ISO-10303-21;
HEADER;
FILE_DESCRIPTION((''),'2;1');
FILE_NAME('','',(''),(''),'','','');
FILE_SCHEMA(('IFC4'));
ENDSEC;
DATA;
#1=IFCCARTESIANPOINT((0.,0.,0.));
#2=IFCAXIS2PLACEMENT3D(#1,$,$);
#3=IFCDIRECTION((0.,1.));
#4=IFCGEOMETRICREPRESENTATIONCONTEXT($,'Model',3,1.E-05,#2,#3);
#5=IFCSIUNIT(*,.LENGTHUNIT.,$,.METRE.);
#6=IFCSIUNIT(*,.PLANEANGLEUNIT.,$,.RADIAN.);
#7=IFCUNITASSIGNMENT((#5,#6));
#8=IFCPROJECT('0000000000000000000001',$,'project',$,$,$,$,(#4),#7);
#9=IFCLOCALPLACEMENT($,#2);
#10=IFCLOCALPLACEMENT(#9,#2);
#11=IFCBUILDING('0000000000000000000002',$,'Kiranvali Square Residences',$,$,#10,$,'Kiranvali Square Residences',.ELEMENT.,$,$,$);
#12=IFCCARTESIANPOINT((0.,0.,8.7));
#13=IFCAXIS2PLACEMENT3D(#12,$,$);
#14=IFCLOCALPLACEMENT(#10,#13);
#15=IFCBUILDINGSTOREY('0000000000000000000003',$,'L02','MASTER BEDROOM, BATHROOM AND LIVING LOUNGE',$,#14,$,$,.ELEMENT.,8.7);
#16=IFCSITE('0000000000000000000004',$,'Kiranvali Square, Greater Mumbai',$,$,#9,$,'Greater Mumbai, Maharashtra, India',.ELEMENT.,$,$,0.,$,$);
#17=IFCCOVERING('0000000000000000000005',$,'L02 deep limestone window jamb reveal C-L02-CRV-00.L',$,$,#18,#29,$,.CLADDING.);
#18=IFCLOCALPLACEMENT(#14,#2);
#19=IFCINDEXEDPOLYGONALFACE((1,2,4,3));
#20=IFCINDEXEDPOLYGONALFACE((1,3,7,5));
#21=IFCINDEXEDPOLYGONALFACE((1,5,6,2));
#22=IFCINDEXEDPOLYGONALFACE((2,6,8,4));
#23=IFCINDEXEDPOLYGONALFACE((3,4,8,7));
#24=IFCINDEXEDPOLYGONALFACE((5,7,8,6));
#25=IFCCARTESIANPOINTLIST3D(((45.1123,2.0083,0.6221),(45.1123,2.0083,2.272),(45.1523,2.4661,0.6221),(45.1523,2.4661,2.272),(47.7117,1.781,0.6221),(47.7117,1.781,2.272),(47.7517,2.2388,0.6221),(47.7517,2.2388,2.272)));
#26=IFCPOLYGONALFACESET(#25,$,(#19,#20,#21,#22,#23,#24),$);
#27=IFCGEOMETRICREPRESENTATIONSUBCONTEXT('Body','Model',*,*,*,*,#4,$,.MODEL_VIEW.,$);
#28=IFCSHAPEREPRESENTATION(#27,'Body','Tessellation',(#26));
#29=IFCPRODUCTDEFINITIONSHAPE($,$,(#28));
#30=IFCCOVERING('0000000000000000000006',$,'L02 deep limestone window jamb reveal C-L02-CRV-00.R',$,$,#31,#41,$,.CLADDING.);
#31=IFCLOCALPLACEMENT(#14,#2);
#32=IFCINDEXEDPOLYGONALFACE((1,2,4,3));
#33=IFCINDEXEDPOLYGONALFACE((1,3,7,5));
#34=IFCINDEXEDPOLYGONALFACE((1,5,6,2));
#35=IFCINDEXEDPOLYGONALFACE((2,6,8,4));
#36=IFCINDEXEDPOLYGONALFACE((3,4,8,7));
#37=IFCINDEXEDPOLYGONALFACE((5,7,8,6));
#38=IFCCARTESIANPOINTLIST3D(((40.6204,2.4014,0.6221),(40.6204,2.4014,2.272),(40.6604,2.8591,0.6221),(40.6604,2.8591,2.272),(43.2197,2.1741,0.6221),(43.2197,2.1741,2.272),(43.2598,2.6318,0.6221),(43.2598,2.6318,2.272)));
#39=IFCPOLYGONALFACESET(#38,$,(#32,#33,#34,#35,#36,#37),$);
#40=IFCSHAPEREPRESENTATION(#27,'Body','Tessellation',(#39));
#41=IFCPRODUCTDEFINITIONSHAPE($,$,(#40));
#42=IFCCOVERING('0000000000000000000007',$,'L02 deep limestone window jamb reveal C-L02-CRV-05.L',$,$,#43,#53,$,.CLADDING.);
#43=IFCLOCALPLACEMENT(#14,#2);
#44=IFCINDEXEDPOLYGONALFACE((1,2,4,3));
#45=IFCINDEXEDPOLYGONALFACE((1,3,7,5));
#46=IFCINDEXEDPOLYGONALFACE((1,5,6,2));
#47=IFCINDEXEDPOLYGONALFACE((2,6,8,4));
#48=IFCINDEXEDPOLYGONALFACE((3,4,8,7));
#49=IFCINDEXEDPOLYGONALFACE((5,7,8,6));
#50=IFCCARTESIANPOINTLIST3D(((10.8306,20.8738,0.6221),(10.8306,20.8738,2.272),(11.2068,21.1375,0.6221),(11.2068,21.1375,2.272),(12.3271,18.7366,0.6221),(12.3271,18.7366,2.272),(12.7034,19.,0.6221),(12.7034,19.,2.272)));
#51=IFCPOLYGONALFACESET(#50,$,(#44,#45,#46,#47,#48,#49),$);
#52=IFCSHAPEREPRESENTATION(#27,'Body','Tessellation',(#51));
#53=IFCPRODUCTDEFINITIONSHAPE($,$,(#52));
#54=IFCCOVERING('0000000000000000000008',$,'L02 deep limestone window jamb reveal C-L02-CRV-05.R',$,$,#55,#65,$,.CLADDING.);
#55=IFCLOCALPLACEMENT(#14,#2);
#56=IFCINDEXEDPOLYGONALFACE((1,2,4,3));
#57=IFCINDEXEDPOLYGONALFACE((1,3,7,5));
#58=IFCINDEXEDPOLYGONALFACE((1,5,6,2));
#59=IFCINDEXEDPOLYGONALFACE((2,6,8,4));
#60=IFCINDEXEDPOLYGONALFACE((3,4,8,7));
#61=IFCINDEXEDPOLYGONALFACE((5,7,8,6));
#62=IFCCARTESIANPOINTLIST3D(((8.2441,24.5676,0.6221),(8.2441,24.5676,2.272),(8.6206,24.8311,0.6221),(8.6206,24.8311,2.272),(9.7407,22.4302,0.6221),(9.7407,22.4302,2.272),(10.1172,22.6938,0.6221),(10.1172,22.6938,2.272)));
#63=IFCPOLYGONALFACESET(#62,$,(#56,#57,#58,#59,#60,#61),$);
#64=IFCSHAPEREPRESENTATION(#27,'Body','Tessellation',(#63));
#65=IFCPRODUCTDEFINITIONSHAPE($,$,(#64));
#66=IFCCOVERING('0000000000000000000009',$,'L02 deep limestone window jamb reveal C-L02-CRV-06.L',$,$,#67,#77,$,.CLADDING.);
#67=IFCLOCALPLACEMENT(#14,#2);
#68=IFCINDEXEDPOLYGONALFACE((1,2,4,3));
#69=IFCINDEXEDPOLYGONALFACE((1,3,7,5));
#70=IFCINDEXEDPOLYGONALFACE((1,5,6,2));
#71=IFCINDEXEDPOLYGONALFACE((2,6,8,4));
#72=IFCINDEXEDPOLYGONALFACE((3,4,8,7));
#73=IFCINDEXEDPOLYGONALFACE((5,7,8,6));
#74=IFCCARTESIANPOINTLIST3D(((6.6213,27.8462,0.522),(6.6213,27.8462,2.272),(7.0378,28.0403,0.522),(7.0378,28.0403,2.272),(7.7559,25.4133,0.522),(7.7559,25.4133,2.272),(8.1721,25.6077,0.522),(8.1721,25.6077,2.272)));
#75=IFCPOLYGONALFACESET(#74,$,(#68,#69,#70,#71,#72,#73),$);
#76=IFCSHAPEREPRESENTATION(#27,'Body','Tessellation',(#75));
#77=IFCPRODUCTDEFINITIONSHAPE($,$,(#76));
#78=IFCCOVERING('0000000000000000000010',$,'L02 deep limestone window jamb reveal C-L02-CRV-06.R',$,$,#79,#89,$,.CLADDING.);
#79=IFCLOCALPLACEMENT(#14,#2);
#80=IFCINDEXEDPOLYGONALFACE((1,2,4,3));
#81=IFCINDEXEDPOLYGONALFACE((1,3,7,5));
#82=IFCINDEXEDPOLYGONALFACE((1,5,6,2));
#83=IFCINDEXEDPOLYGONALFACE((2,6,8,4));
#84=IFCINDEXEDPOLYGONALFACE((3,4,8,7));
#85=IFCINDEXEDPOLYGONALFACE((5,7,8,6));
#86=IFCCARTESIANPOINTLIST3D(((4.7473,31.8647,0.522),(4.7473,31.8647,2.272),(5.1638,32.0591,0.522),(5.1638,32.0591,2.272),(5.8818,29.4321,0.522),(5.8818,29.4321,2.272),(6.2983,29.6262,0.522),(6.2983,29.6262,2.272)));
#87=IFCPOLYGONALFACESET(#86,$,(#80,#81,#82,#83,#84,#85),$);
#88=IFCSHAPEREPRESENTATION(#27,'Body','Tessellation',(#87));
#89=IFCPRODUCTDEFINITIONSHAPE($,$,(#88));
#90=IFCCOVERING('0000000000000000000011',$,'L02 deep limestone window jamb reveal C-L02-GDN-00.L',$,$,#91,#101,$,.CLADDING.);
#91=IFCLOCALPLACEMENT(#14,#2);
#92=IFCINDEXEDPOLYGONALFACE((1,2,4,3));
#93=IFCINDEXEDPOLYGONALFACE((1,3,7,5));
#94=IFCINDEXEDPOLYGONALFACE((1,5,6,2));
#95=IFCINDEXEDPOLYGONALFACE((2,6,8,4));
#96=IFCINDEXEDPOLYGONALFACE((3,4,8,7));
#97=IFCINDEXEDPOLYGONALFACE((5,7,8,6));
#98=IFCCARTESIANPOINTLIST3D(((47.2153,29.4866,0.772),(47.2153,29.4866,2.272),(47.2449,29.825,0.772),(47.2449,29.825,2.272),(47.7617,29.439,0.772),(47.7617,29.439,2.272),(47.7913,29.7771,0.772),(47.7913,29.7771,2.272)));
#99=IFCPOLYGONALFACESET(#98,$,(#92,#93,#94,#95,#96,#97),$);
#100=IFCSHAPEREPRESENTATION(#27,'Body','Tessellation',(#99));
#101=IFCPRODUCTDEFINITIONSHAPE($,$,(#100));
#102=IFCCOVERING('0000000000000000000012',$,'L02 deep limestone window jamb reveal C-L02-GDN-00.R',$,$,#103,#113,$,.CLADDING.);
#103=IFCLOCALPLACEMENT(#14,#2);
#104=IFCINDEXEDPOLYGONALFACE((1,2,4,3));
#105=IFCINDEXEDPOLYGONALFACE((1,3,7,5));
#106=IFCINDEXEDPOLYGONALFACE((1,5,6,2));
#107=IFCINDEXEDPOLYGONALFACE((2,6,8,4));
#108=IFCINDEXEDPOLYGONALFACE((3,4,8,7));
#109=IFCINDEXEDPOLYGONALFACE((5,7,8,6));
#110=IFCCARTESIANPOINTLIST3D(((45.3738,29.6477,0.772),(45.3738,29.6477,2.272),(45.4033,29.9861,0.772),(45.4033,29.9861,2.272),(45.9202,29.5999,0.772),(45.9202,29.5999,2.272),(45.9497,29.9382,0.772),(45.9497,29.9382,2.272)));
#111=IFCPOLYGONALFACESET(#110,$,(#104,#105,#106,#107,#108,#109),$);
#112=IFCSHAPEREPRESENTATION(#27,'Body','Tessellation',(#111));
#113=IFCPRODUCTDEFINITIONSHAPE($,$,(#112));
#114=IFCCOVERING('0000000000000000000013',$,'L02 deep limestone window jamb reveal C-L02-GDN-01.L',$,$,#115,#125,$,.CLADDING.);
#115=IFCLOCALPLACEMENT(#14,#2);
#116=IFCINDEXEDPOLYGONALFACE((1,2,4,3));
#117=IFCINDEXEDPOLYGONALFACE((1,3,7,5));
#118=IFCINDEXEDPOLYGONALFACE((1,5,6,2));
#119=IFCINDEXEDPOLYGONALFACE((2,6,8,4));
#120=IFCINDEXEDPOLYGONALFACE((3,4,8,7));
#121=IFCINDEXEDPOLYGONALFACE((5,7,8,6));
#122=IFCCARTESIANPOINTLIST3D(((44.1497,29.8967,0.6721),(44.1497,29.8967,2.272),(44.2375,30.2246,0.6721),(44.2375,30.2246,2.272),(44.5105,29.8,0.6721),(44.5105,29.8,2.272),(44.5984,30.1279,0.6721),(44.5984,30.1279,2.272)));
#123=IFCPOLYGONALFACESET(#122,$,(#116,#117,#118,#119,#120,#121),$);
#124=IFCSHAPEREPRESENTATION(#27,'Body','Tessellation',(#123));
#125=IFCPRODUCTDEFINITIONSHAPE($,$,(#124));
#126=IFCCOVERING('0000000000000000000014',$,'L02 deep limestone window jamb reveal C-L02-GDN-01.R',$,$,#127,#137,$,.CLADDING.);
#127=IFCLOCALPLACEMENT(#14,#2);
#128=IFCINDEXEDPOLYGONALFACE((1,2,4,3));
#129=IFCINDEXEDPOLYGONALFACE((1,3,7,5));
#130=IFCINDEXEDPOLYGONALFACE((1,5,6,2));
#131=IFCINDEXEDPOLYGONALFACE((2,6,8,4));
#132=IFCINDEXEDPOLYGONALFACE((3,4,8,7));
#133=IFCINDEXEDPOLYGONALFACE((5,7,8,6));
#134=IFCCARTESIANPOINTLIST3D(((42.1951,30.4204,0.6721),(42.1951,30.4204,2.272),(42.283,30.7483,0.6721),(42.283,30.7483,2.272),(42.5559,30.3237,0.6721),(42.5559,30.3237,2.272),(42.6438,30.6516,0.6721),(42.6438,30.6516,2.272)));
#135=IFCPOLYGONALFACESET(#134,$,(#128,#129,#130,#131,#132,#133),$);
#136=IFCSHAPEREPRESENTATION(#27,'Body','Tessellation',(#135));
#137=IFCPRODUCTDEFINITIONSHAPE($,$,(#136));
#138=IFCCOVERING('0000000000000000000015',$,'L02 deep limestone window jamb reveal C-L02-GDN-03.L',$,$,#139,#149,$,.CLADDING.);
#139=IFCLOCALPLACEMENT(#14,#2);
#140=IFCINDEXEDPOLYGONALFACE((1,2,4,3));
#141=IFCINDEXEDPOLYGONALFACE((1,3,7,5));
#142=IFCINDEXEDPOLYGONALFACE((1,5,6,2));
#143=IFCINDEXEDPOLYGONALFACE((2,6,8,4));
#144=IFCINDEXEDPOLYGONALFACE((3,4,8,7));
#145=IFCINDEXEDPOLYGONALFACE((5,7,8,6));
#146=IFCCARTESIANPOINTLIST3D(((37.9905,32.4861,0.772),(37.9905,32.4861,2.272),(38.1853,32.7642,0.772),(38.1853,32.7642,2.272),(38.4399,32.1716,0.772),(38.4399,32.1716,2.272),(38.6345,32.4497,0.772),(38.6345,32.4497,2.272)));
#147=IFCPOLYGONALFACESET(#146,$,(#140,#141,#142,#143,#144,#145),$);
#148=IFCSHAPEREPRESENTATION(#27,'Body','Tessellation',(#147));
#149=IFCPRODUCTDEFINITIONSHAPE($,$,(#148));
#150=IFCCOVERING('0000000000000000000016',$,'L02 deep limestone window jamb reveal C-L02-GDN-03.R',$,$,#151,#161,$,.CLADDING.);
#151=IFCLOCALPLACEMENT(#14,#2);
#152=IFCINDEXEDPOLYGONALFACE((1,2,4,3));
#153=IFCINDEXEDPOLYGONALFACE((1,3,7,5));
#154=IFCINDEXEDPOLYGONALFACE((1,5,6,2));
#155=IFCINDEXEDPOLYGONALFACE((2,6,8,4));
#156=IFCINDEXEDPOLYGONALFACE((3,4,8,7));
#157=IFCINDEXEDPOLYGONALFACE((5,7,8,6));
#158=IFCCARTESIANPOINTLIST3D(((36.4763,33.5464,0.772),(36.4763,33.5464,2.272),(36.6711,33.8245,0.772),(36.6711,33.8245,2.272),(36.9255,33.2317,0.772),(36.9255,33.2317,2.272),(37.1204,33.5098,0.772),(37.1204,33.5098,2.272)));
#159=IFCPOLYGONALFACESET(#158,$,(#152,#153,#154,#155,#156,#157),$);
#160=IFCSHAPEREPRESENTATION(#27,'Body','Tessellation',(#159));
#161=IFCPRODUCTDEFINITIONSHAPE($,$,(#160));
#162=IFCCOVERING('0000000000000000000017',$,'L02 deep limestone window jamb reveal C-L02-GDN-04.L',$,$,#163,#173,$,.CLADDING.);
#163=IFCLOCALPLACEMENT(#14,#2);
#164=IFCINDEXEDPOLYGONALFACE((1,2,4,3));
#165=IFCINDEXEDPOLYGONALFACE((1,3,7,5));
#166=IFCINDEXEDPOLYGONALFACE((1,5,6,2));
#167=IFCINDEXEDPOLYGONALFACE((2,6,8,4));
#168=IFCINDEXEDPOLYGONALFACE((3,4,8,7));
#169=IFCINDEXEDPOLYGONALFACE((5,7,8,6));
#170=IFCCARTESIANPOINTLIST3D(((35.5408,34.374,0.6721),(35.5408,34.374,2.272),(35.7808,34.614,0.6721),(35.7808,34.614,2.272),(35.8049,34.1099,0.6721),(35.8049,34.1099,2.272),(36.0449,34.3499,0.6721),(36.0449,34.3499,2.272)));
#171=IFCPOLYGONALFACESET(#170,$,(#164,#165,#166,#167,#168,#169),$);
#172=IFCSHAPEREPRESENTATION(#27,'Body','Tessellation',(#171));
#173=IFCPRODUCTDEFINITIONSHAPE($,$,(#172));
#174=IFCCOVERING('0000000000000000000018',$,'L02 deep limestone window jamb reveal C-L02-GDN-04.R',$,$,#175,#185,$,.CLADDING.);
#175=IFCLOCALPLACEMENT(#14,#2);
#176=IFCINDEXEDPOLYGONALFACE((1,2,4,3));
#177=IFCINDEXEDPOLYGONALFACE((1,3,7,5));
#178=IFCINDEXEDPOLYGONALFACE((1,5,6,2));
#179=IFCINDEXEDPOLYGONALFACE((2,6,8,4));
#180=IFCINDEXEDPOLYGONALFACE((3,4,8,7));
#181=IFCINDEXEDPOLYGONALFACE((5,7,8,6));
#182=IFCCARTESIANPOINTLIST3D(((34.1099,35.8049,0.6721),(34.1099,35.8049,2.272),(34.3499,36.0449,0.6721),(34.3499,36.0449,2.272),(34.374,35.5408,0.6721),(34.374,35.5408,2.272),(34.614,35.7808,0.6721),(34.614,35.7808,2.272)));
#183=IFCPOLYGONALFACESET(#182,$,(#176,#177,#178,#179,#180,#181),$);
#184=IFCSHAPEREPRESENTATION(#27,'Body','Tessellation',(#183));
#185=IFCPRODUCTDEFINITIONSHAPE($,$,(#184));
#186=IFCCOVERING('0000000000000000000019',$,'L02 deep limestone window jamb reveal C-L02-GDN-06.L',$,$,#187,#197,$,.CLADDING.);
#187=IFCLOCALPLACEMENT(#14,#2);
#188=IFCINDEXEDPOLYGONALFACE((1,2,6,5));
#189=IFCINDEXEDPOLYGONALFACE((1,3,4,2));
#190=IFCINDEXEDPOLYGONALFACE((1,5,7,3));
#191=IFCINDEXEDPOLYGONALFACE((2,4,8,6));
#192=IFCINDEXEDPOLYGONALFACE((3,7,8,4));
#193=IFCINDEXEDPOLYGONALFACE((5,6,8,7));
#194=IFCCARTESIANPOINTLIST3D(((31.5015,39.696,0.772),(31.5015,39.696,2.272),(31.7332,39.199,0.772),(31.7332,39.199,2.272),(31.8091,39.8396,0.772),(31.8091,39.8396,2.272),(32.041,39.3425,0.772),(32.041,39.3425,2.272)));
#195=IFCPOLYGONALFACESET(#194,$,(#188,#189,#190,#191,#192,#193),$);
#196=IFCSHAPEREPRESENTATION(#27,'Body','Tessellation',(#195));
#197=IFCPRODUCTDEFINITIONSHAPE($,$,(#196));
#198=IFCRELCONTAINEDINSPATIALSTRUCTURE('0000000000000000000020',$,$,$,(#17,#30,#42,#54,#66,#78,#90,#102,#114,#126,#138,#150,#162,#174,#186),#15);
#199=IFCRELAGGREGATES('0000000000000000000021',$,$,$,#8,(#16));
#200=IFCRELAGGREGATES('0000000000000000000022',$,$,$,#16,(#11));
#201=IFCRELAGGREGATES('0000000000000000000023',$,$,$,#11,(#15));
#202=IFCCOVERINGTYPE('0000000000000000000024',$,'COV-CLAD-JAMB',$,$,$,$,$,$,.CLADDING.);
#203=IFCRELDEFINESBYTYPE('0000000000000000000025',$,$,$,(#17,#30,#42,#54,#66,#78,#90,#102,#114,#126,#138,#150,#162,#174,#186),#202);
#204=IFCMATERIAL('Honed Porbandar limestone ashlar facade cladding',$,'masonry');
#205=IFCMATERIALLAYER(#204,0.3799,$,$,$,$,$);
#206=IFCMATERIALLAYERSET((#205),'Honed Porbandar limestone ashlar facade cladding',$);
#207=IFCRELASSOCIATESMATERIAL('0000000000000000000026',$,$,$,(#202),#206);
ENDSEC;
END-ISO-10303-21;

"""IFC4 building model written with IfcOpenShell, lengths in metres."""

from ifc_helpers import new_model, si_unit, direction, frame, origin, place, context, subcontext, project, spatial, polyline, outline, extrude, material, layer, layer_set, type_object, element, save


model = new_model("IFC4")

# Units and contexts
model_context = context("Model", 3, precision=1e-05, world=origin(), true_north=direction((0.0, 1.0)))
body_context = subcontext(model_context, "Body", "Model", "MODEL_VIEW")
ifc_project = project(units=[si_unit("LENGTHUNIT", "METRE"), si_unit("PLANEANGLEUNIT", "RADIAN")], contexts=[model_context])

# Site, building, storey
site_placement = place(None, origin())
site = spatial("IfcSite", under=ifc_project, at=site_placement, Name="Kiranvali Square, Greater Mumbai", LongName="Greater Mumbai, Maharashtra, India", CompositionType="ELEMENT", RefElevation=0.0)
building_placement = place(site_placement, origin())
building = spatial("IfcBuilding", under=site, at=building_placement, Name="Kiranvali Square Residences", LongName="Kiranvali Square Residences", CompositionType="ELEMENT")
storey_placement = place(building_placement, frame((0.0, 0.0, 8.7)))
storey = spatial("IfcBuildingStorey", under=building, at=storey_placement, Name="L02", Description="MASTER BEDROOM, BATHROOM AND LIVING LOUNGE", CompositionType="ELEMENT", Elevation=8.7)

# Coverings
ifc_material = material(Name="Honed Porbandar limestone ashlar facade cladding", Category="masonry")
ifc_layer_1 = layer(ifc_material, 0.3799)
ifc_layer_set_1 = layer_set([ifc_layer_1], Name="Honed Porbandar limestone ashlar facade cladding")
covering_type_1 = type_object("IfcCoveringType", Name="COV-CLAD-JAMB", PredefinedType="CLADDING", material=ifc_layer_set_1)
covering_1_placement = place(storey_placement, frame((0.0, 0.0, 0.6221)))
element("IfcCovering", 1, at=covering_1_placement, inside=storey, type_object=covering_type_1, Name="L02 deep limestone window jamb reveal C-L02-CRV-00.L", PredefinedType="CLADDING", context=body_context, shape_type="SweptSolid", body=[
    extrude(outline(polyline([(47.7517, 2.2388), (45.1523, 2.4661), (45.1123, 2.0083), (47.7117, 1.781), (47.7517, 2.2388)])), origin(), (0.0, 0.0, 1.0), 1.6499),
])
covering_2_placement = place(storey_placement, frame((0.0, 0.0, 0.6221)))
element("IfcCovering", 2, at=covering_2_placement, inside=storey, type_object=covering_type_1, Name="L02 deep limestone window jamb reveal C-L02-CRV-00.R", PredefinedType="CLADDING", context=body_context, shape_type="SweptSolid", body=[
    extrude(outline(polyline([(43.2598, 2.6318), (40.6604, 2.8591), (40.6204, 2.4014), (43.2197, 2.1741), (43.2598, 2.6318)])), origin(), (0.0, 0.0, 1.0), 1.6499),
])
covering_3_placement = place(storey_placement, frame((0.0, 0.0, 0.6221)))
element("IfcCovering", 3, at=covering_3_placement, inside=storey, type_object=covering_type_1, Name="L02 deep limestone window jamb reveal C-L02-CRV-05.L", PredefinedType="CLADDING", context=body_context, shape_type="SweptSolid", body=[
    extrude(outline(polyline([(12.7034, 19.0), (11.2068, 21.1375), (10.8306, 20.8738), (12.3271, 18.7366), (12.7034, 19.0)])), origin(), (0.0, 0.0, 1.0), 1.6499),
])
covering_4_placement = place(storey_placement, frame((0.0, 0.0, 0.6221)))
element("IfcCovering", 4, at=covering_4_placement, inside=storey, type_object=covering_type_1, Name="L02 deep limestone window jamb reveal C-L02-CRV-05.R", PredefinedType="CLADDING", context=body_context, shape_type="SweptSolid", body=[
    extrude(outline(polyline([(10.1172, 22.6938), (8.6206, 24.8311), (8.2441, 24.5676), (9.7407, 22.4302), (10.1172, 22.6938)])), origin(), (0.0, 0.0, 1.0), 1.6499),
])
covering_5_placement = place(storey_placement, frame((0.0, 0.0, 0.522)))
element("IfcCovering", 5, at=covering_5_placement, inside=storey, type_object=covering_type_1, Name="L02 deep limestone window jamb reveal C-L02-CRV-06.L", PredefinedType="CLADDING", context=body_context, shape_type="SweptSolid", body=[
    extrude(outline(polyline([(8.1721, 25.6077), (7.0378, 28.0403), (6.6213, 27.8462), (7.7559, 25.4133), (8.1721, 25.6077)])), origin(), (0.0, 0.0, 1.0), 1.75),
])
covering_6_placement = place(storey_placement, frame((0.0, 0.0, 0.522)))
element("IfcCovering", 6, at=covering_6_placement, inside=storey, type_object=covering_type_1, Name="L02 deep limestone window jamb reveal C-L02-CRV-06.R", PredefinedType="CLADDING", context=body_context, shape_type="SweptSolid", body=[
    extrude(outline(polyline([(6.2983, 29.6262), (5.1638, 32.0591), (4.7473, 31.8647), (5.8818, 29.4321), (6.2983, 29.6262)])), origin(), (0.0, 0.0, 1.0), 1.75),
])
covering_7_placement = place(storey_placement, frame((0.0, 0.0, 0.772)))
element("IfcCovering", 7, at=covering_7_placement, inside=storey, type_object=covering_type_1, Name="L02 deep limestone window jamb reveal C-L02-GDN-00.L", PredefinedType="CLADDING", context=body_context, shape_type="SweptSolid", body=[
    extrude(outline(polyline([(47.7913, 29.7771), (47.2449, 29.825), (47.2153, 29.4866), (47.7617, 29.439), (47.7913, 29.7771)])), origin(), (0.0, 0.0, 1.0), 1.5),
])
covering_8_placement = place(storey_placement, frame((0.0, 0.0, 0.772)))
element("IfcCovering", 8, at=covering_8_placement, inside=storey, type_object=covering_type_1, Name="L02 deep limestone window jamb reveal C-L02-GDN-00.R", PredefinedType="CLADDING", context=body_context, shape_type="SweptSolid", body=[
    extrude(outline(polyline([(45.9497, 29.9382), (45.4033, 29.9861), (45.3738, 29.6477), (45.9202, 29.5999), (45.9497, 29.9382)])), origin(), (0.0, 0.0, 1.0), 1.5),
])
covering_9_placement = place(storey_placement, frame((0.0, 0.0, 0.6721)))
element("IfcCovering", 9, at=covering_9_placement, inside=storey, type_object=covering_type_1, Name="L02 deep limestone window jamb reveal C-L02-GDN-01.L", PredefinedType="CLADDING", context=body_context, shape_type="SweptSolid", body=[
    extrude(outline(polyline([(44.5984, 30.1279), (44.2375, 30.2246), (44.1497, 29.8967), (44.5105, 29.8), (44.5984, 30.1279)])), origin(), (0.0, 0.0, 1.0), 1.5999),
])
covering_10_placement = place(storey_placement, frame((0.0, 0.0, 0.6721)))
element("IfcCovering", 10, at=covering_10_placement, inside=storey, type_object=covering_type_1, Name="L02 deep limestone window jamb reveal C-L02-GDN-01.R", PredefinedType="CLADDING", context=body_context, shape_type="SweptSolid", body=[
    extrude(outline(polyline([(42.6438, 30.6516), (42.283, 30.7483), (42.1951, 30.4204), (42.5559, 30.3237), (42.6438, 30.6516)])), origin(), (0.0, 0.0, 1.0), 1.5999),
])
covering_11_placement = place(storey_placement, frame((0.0, 0.0, 0.772)))
element("IfcCovering", 11, at=covering_11_placement, inside=storey, type_object=covering_type_1, Name="L02 deep limestone window jamb reveal C-L02-GDN-03.L", PredefinedType="CLADDING", context=body_context, shape_type="SweptSolid", body=[
    extrude(outline(polyline([(38.6345, 32.4497), (38.1853, 32.7642), (37.9905, 32.4861), (38.4399, 32.1716), (38.6345, 32.4497)])), origin(), (0.0, 0.0, 1.0), 1.5),
])
covering_12_placement = place(storey_placement, frame((0.0, 0.0, 0.772)))
element("IfcCovering", 12, at=covering_12_placement, inside=storey, type_object=covering_type_1, Name="L02 deep limestone window jamb reveal C-L02-GDN-03.R", PredefinedType="CLADDING", context=body_context, shape_type="SweptSolid", body=[
    extrude(outline(polyline([(37.1204, 33.5098), (36.6711, 33.8245), (36.4763, 33.5464), (36.9255, 33.2317), (37.1204, 33.5098)])), origin(), (0.0, 0.0, 1.0), 1.5),
])
covering_13_placement = place(storey_placement, frame((0.0, 0.0, 0.6721)))
element("IfcCovering", 13, at=covering_13_placement, inside=storey, type_object=covering_type_1, Name="L02 deep limestone window jamb reveal C-L02-GDN-04.L", PredefinedType="CLADDING", context=body_context, shape_type="SweptSolid", body=[
    extrude(outline(polyline([(36.0449, 34.3499), (35.7808, 34.614), (35.5408, 34.374), (35.8049, 34.1099), (36.0449, 34.3499)])), origin(), (0.0, 0.0, 1.0), 1.5999),
])
covering_14_placement = place(storey_placement, frame((0.0, 0.0, 0.6721)))
element("IfcCovering", 14, at=covering_14_placement, inside=storey, type_object=covering_type_1, Name="L02 deep limestone window jamb reveal C-L02-GDN-04.R", PredefinedType="CLADDING", context=body_context, shape_type="SweptSolid", body=[
    extrude(outline(polyline([(34.614, 35.7808), (34.3499, 36.0449), (34.1099, 35.8049), (34.374, 35.5408), (34.614, 35.7808)])), origin(), (0.0, 0.0, 1.0), 1.5999),
])
covering_15_placement = place(storey_placement, frame((0.0, 0.0, 0.772)))
element("IfcCovering", 15, at=covering_15_placement, inside=storey, type_object=covering_type_1, Name="L02 deep limestone window jamb reveal C-L02-GDN-06.L", PredefinedType="CLADDING", context=body_context, shape_type="SweptSolid", body=[
    extrude(outline(polyline([(32.041, 39.3425), (31.8091, 39.8396), (31.5015, 39.696), (31.7332, 39.199), (32.041, 39.3425)])), origin(), (0.0, 0.0, 1.0), 1.5),
])

save(model, "model.ifc")
